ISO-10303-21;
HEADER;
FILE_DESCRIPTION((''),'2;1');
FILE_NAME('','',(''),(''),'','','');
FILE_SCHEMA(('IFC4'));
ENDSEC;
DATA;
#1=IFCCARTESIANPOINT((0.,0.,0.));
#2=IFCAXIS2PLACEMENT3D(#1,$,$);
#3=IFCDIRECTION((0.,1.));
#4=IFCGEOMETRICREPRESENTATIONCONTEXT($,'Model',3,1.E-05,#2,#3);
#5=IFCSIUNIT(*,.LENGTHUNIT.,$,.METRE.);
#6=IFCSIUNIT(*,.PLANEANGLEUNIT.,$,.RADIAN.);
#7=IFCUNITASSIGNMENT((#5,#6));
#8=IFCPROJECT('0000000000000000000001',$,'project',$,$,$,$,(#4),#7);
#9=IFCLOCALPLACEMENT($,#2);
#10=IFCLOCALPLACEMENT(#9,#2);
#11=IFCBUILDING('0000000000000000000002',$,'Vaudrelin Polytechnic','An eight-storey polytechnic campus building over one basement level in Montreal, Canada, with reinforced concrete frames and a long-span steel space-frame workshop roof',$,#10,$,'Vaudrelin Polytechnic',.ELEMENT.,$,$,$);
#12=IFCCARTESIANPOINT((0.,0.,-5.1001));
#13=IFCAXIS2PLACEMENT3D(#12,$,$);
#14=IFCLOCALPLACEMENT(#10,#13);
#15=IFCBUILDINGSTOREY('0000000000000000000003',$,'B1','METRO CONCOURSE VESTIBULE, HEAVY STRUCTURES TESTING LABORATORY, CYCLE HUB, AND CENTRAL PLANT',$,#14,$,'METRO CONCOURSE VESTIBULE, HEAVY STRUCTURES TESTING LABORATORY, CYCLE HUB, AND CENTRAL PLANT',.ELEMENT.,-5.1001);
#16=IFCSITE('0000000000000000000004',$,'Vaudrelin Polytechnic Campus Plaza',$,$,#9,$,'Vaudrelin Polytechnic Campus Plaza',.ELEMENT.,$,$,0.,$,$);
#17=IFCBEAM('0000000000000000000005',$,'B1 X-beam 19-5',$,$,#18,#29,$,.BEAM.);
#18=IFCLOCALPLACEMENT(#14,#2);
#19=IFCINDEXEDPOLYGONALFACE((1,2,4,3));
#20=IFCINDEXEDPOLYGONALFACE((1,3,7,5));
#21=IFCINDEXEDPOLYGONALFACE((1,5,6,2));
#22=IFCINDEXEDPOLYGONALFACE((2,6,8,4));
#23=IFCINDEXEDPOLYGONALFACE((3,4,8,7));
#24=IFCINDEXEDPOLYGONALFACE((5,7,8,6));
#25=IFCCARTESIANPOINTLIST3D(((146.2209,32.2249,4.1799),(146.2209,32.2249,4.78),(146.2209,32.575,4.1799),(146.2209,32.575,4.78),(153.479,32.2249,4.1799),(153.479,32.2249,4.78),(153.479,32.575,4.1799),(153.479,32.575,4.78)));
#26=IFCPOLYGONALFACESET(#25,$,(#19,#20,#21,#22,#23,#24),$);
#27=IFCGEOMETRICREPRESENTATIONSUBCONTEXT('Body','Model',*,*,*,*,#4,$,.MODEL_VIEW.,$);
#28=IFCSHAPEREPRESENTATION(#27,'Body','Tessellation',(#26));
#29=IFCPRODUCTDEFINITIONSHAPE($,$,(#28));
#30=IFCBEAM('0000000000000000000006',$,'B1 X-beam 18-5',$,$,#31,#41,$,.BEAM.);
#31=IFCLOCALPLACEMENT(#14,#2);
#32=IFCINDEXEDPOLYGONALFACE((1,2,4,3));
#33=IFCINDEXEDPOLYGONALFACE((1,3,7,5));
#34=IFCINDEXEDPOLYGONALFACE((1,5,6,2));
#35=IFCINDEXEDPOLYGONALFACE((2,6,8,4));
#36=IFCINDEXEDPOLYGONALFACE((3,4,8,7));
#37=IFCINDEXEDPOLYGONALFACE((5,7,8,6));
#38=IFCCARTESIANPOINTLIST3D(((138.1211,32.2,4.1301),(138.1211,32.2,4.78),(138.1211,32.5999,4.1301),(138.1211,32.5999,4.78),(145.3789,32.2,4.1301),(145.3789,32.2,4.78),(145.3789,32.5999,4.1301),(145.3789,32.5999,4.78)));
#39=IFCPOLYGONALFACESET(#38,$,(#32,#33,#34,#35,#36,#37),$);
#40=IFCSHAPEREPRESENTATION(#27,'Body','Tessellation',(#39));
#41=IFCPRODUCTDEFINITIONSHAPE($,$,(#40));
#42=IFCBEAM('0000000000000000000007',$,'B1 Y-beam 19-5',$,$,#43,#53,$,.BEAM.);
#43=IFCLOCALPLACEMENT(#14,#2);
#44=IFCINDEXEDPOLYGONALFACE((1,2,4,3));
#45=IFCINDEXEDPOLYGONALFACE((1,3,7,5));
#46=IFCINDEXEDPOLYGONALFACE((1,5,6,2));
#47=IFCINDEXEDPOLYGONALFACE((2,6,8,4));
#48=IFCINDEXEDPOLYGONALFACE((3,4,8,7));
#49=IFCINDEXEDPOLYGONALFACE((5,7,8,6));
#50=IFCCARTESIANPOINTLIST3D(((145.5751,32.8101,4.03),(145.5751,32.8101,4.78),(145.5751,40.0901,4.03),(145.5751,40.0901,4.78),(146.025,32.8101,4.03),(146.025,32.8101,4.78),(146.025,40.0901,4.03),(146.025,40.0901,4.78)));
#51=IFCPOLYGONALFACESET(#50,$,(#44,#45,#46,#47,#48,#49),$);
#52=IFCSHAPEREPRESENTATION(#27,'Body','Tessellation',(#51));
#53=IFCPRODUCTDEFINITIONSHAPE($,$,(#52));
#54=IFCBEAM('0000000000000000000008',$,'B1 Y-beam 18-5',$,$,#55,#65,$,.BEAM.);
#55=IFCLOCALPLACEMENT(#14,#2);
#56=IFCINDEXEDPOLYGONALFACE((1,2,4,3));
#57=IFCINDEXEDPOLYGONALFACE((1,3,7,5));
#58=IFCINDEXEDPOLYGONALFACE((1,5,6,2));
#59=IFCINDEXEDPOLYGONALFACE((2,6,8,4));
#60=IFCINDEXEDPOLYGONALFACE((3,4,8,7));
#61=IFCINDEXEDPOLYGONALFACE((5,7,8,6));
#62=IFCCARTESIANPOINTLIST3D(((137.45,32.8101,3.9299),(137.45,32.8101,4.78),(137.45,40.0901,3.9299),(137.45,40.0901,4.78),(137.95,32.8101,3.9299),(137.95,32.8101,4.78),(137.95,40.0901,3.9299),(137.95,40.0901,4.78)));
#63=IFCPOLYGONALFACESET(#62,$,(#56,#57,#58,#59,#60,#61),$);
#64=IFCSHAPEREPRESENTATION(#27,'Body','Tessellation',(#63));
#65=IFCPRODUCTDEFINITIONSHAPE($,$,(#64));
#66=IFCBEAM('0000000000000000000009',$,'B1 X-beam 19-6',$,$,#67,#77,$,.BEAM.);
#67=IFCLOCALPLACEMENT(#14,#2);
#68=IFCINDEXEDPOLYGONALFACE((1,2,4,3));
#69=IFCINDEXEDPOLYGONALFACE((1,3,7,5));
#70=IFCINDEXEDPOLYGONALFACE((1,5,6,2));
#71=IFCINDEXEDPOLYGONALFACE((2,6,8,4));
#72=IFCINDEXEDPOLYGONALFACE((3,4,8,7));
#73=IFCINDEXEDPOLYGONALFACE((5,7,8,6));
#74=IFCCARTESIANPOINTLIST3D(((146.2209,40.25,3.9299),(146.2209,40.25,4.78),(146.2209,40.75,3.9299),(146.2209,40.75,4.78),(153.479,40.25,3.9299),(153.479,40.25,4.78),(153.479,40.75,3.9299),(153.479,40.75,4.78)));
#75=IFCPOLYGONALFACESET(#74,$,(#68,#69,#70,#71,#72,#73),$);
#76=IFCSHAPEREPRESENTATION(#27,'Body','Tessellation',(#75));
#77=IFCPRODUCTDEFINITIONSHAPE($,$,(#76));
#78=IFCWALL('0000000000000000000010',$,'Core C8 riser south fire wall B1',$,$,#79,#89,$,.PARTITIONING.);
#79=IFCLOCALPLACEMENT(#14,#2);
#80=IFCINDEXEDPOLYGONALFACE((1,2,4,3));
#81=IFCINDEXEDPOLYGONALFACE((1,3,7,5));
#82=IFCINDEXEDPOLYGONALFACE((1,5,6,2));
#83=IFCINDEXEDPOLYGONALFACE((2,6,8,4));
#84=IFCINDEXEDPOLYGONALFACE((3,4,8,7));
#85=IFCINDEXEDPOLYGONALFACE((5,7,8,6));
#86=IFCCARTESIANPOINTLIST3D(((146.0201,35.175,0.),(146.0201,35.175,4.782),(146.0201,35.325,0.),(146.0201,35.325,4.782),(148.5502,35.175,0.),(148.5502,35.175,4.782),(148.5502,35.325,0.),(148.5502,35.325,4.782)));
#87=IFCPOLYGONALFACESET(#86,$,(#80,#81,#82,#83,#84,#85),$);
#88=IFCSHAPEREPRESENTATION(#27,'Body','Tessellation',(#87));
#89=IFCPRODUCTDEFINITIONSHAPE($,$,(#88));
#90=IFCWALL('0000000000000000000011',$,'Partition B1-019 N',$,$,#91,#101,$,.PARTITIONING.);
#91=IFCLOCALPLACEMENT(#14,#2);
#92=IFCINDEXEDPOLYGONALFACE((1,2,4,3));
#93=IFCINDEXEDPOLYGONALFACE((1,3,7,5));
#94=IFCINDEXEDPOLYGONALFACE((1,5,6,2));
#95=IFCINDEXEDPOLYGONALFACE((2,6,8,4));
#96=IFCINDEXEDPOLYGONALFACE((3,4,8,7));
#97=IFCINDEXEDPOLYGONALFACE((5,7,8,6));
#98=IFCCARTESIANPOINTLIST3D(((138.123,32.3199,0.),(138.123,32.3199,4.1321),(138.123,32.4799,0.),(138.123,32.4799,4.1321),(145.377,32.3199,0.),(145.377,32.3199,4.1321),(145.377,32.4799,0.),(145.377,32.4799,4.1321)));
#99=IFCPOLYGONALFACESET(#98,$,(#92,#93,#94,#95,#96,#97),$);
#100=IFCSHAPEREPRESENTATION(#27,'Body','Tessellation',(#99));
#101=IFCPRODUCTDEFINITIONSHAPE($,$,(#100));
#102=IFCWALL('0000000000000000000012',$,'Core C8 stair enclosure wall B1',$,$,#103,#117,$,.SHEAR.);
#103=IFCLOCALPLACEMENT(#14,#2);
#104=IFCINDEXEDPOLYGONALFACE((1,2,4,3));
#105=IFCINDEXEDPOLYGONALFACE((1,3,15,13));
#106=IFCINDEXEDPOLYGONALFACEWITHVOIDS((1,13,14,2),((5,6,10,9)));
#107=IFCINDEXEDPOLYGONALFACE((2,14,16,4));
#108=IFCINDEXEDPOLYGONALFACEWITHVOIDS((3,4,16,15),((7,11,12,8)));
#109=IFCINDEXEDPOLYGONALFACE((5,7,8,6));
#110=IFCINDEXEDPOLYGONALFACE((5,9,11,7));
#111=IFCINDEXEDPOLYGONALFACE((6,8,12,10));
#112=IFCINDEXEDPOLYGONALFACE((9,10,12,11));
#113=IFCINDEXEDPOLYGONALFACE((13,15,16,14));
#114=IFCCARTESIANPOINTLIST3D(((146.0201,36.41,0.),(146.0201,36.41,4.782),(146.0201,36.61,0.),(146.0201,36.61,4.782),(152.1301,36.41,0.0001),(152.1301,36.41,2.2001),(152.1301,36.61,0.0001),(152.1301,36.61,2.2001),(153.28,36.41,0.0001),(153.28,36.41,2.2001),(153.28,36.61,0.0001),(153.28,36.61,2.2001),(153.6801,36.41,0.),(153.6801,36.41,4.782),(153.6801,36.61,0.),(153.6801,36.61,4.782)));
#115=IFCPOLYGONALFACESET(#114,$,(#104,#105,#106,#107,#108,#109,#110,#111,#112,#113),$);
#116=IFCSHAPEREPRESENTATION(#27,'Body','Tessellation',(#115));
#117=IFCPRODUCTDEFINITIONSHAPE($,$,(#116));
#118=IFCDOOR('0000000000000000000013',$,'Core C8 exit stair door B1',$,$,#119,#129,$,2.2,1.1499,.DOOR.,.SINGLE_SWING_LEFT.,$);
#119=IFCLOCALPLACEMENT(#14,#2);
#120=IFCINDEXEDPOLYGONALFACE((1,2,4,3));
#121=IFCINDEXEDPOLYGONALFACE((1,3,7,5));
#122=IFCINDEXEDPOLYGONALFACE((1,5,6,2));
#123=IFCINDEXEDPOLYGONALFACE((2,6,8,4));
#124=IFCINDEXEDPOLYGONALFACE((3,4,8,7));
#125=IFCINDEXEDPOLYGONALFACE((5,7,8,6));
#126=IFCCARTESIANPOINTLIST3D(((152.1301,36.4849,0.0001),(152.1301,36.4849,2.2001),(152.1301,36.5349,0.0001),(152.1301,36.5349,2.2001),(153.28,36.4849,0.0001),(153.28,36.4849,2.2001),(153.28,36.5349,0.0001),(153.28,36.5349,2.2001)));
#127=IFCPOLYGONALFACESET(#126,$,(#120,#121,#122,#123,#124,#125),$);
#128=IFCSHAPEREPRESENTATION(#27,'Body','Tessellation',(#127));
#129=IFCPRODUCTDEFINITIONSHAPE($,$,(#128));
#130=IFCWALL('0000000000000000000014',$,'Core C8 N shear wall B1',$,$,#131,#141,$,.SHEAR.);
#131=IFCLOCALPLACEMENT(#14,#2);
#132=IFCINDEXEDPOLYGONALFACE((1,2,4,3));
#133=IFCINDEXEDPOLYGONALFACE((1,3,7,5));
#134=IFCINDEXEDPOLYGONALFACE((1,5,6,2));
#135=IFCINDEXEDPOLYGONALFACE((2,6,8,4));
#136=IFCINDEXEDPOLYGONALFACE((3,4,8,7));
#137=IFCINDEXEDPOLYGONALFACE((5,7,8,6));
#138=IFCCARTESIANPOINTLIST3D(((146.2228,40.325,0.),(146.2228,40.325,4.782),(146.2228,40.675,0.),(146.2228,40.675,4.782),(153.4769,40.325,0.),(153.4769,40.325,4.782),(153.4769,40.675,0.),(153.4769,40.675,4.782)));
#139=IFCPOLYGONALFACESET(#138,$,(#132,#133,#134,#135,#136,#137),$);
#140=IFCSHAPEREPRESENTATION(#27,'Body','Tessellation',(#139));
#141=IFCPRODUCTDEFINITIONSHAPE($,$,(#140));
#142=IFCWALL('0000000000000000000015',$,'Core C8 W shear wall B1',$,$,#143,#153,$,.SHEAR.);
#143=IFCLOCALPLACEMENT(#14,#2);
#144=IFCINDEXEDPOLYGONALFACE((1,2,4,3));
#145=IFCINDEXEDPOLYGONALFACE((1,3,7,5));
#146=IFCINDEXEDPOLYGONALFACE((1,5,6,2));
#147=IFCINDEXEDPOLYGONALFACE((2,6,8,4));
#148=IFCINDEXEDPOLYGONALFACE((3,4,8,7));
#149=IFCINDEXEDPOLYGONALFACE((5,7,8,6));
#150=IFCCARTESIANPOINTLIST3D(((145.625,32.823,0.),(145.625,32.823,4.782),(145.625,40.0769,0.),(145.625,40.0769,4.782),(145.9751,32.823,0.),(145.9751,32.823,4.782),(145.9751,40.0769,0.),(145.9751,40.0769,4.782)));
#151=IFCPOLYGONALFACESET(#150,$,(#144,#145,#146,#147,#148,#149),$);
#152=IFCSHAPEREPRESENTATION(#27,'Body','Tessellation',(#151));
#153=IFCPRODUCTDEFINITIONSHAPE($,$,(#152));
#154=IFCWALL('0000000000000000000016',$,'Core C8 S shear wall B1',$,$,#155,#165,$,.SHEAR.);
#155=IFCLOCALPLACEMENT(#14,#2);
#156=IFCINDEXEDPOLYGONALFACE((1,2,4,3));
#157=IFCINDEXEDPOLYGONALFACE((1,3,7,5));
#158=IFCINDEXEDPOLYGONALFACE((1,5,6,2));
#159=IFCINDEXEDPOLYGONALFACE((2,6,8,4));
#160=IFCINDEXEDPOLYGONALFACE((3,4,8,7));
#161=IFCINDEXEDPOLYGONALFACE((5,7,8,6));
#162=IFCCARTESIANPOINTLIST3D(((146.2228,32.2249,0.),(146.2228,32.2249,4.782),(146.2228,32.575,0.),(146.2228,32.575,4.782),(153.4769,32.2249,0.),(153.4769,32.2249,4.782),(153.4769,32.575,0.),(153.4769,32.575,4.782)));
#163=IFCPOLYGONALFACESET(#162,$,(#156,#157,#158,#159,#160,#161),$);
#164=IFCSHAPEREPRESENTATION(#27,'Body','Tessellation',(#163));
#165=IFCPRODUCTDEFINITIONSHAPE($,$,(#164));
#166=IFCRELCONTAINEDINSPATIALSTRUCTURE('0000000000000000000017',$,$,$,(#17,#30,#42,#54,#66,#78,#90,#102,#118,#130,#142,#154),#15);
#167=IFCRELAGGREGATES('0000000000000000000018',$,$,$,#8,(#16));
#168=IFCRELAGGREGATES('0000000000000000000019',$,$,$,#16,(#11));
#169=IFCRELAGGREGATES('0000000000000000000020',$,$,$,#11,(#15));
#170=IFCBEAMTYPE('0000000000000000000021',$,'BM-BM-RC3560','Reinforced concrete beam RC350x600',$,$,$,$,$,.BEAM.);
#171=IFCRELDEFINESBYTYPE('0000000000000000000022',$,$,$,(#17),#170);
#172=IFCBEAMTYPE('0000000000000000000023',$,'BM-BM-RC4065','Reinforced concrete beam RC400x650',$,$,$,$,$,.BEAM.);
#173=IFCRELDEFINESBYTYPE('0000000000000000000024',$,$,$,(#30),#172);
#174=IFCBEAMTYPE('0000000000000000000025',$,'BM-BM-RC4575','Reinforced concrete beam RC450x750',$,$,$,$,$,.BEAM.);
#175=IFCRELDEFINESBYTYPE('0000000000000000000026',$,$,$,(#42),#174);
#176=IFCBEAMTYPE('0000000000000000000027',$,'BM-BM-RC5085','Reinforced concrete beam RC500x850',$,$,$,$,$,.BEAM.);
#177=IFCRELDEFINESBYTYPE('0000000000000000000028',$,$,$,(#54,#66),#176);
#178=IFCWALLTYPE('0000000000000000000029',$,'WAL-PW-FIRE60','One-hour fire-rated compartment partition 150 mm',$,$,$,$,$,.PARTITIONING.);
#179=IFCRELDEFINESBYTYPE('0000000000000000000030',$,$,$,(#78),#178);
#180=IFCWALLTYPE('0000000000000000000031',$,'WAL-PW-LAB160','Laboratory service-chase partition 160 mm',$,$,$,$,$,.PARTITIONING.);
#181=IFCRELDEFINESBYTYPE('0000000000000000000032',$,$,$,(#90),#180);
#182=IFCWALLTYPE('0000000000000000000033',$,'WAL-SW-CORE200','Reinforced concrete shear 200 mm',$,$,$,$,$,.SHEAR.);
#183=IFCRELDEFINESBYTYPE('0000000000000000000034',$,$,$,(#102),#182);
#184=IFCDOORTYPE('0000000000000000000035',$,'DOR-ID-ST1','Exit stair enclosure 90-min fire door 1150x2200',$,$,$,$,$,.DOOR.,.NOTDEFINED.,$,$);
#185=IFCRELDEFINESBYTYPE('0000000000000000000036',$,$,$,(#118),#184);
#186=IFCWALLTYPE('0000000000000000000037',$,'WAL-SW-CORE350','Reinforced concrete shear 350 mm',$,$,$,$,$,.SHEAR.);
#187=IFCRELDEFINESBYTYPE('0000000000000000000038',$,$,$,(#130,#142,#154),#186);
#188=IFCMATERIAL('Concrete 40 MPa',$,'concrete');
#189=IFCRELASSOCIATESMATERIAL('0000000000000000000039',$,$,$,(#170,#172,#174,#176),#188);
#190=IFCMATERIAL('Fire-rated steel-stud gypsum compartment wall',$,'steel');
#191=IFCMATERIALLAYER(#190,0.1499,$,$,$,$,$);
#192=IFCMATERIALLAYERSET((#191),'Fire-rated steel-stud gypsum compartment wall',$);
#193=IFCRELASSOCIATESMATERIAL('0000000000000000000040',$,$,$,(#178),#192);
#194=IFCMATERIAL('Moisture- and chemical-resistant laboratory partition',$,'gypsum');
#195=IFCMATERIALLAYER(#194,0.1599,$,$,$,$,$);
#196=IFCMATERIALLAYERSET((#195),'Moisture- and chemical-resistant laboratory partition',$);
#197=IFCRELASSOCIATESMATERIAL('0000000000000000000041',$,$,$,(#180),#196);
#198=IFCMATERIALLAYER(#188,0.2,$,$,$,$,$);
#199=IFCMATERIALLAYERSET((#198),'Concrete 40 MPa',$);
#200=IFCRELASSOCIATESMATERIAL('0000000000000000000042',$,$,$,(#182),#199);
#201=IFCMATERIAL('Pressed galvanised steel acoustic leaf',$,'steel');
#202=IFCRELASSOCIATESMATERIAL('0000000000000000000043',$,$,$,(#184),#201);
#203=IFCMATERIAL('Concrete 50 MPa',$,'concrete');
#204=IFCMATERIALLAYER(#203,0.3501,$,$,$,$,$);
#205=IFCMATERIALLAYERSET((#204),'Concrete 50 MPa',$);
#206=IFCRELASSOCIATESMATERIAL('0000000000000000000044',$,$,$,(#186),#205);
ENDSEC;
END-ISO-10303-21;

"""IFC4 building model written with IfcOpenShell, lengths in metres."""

from ifc_helpers import new_model, si_unit, direction, frame, frame_2d, origin, origin_2d, place, context, subcontext, project, spatial, rectangle, extrude, material, layer, layer_set, material_profile, profile_set, type_object, element, fill, save


model = new_model("IFC4")

# Units and contexts
model_context = context("Model", 3, precision=1e-05, world=origin(), true_north=direction((0.0, 1.0)))
body_context = subcontext(model_context, "Body", "Model", "MODEL_VIEW")
ifc_project = project(units=[si_unit("LENGTHUNIT", "METRE"), si_unit("PLANEANGLEUNIT", "RADIAN")], contexts=[model_context])

# Site, building, storey
site_placement = place(None, origin())
site = spatial("IfcSite", under=ifc_project, at=site_placement, Name="Vaudrelin Polytechnic Campus Plaza", LongName="Vaudrelin Polytechnic Campus Plaza", CompositionType="ELEMENT", RefElevation=0.0)
building_placement = place(site_placement, origin())
building = spatial("IfcBuilding", under=site, at=building_placement, Name="Vaudrelin Polytechnic", Description="An eight-storey polytechnic campus building over one basement level in Montreal, Canada, with reinforced concrete frames and a long-span steel space-frame workshop roof", LongName="Vaudrelin Polytechnic", CompositionType="ELEMENT")
storey_placement = place(building_placement, frame((0.0, 0.0, -5.1001)))
storey = spatial("IfcBuildingStorey", under=building, at=storey_placement, Name="B1", Description="METRO CONCOURSE VESTIBULE, HEAVY STRUCTURES TESTING LABORATORY, CYCLE HUB, AND CENTRAL PLANT", LongName="METRO CONCOURSE VESTIBULE, HEAVY STRUCTURES TESTING LABORATORY, CYCLE HUB, AND CENTRAL PLANT", CompositionType="ELEMENT", Elevation=-5.1001)

# Shared definitions
ifc_material_1 = material(Name="Concrete 40 MPa", Category="concrete")

# Shared definitions
ifc_material_2 = material(Name="Concrete 50 MPa", Category="concrete")

# Beams
ifc_material_profile_1 = material_profile(ifc_material_1, rectangle(XDim=0.3501, YDim=0.6001, at=origin_2d()), Name="RC350x600")
ifc_profile_set_1 = profile_set([ifc_material_profile_1], Name="Concrete 40 MPa")
beam_type_1 = type_object("IfcBeamType", Name="BM-BM-RC3560", Description="Reinforced concrete beam RC350x600", PredefinedType="BEAM", material=ifc_profile_set_1)
beam_1_placement = place(storey_placement, frame((146.2209, 32.3999, 4.48), z_axis=(1.0, 0.0, 0.0), x_axis=(0.0, 1.0, 0.0)))
element("IfcBeam", 1, at=beam_1_placement, inside=storey, type_object=beam_type_1, Name="B1 X-beam 19-5", PredefinedType="BEAM", context=body_context, shape_type="SweptSolid", body=[
    extrude(rectangle(XDim=0.3501, YDim=0.6001, at=origin_2d()), origin(), (0.0, 0.0, 1.0), 7.2581),
])
ifc_material_profile_2 = material_profile(ifc_material_1, rectangle(XDim=0.3999, YDim=0.6499, at=origin_2d()), Name="RC400x650")
ifc_profile_set_2 = profile_set([ifc_material_profile_2], Name="Concrete 40 MPa")
beam_type_2 = type_object("IfcBeamType", Name="BM-BM-RC4065", Description="Reinforced concrete beam RC400x650", PredefinedType="BEAM", material=ifc_profile_set_2)
beam_2_placement = place(storey_placement, frame((138.1211, 32.3999, 4.4551), z_axis=(1.0, 0.0, 0.0), x_axis=(0.0, 1.0, 0.0)))
element("IfcBeam", 2, at=beam_2_placement, inside=storey, type_object=beam_type_2, Name="B1 X-beam 18-5", PredefinedType="BEAM", context=body_context, shape_type="SweptSolid", body=[
    extrude(rectangle(XDim=0.3999, YDim=0.6499, at=origin_2d()), origin(), (0.0, 0.0, 1.0), 7.2578),
])
ifc_material_profile_3 = material_profile(ifc_material_1, rectangle(XDim=0.45, YDim=0.75, at=origin_2d()), Name="RC450x750")
ifc_profile_set_3 = profile_set([ifc_material_profile_3], Name="Concrete 40 MPa")
beam_type_3 = type_object("IfcBeamType", Name="BM-BM-RC4575", Description="Reinforced concrete beam RC450x750", PredefinedType="BEAM", material=ifc_profile_set_3)
beam_3_placement = place(storey_placement, frame((145.8, 32.8101, 4.405), z_axis=(0.0, 1.0, 0.0), x_axis=(-1.0, 0.0, 0.0)))
element("IfcBeam", 3, at=beam_3_placement, inside=storey, type_object=beam_type_3, Name="B1 Y-beam 19-5", PredefinedType="BEAM", context=body_context, shape_type="SweptSolid", body=[
    extrude(rectangle(XDim=0.45, YDim=0.75, at=origin_2d()), origin(), (0.0, 0.0, 1.0), 7.28),
])
ifc_material_profile_4 = material_profile(ifc_material_1, rectangle(XDim=0.5, YDim=0.8501, at=origin_2d()), Name="RC500x850")
ifc_profile_set_4 = profile_set([ifc_material_profile_4], Name="Concrete 40 MPa")
beam_type_4 = type_object("IfcBeamType", Name="BM-BM-RC5085", Description="Reinforced concrete beam RC500x850", PredefinedType="BEAM", material=ifc_profile_set_4)
beam_4_placement = place(storey_placement, frame((137.7, 32.8101, 4.355), z_axis=(0.0, 1.0, 0.0), x_axis=(-1.0, 0.0, 0.0)))
element("IfcBeam", 4, at=beam_4_placement, inside=storey, type_object=beam_type_4, Name="B1 Y-beam 18-5", PredefinedType="BEAM", context=body_context, shape_type="SweptSolid", body=[
    extrude(rectangle(XDim=0.5, YDim=0.8501, at=origin_2d()), origin(), (0.0, 0.0, 1.0), 7.28),
])
beam_5_placement = place(storey_placement, frame((146.2209, 40.5, 4.355), z_axis=(1.0, 0.0, 0.0), x_axis=(0.0, 1.0, 0.0)))
element("IfcBeam", 5, at=beam_5_placement, inside=storey, type_object=beam_type_4, Name="B1 X-beam 19-6", PredefinedType="BEAM", context=body_context, shape_type="SweptSolid", body=[
    extrude(rectangle(XDim=0.5, YDim=0.8501, at=origin_2d()), origin(), (0.0, 0.0, 1.0), 7.2581),
])

# Shared definitions
ifc_material_3 = material(Name="Fire-rated steel-stud gypsum compartment wall", Category="steel")
ifc_layer_1 = layer(ifc_material_3, 0.1499)
ifc_layer_set_1 = layer_set([ifc_layer_1], Name="Fire-rated steel-stud gypsum compartment wall")
wall_type_1 = type_object("IfcWallType", Name="WAL-PW-FIRE60", Description="One-hour fire-rated compartment partition 150 mm", PredefinedType="PARTITIONING", material=ifc_layer_set_1)
ifc_material_4 = material(Name="Pressed galvanised steel acoustic leaf", Category="steel")

# Wall
wall_1_placement = place(storey_placement, frame((146.02, 35.25, 0.0), z_axis=(0.0, 0.0, 1.0), x_axis=(1.0, 0.0, 0.0)))
element("IfcWall", 6, at=wall_1_placement, inside=storey, type_object=wall_type_1, Name="Core C8 riser south fire wall B1", PredefinedType="PARTITIONING", context=body_context, shape_type="SweptSolid", body=[
    extrude(rectangle(XDim=2.53, YDim=0.1499, at=frame_2d((1.2651, 0.0))), origin(), (0.0, 0.0, 1.0), 4.782),
])

# Wall
ifc_material_5 = material(Name="Moisture- and chemical-resistant laboratory partition", Category="gypsum")
ifc_layer_2 = layer(ifc_material_5, 0.1599)
ifc_layer_set_2 = layer_set([ifc_layer_2], Name="Moisture- and chemical-resistant laboratory partition")
wall_type_2 = type_object("IfcWallType", Name="WAL-PW-LAB160", Description="Laboratory service-chase partition 160 mm", PredefinedType="PARTITIONING", material=ifc_layer_set_2)
wall_2_placement = place(storey_placement, frame((138.123, 32.3999, 0.0), z_axis=(0.0, 0.0, 1.0), x_axis=(1.0, 0.0, 0.0)))
element("IfcWall", 7, at=wall_2_placement, inside=storey, type_object=wall_type_2, Name="Partition B1-019 N", PredefinedType="PARTITIONING", context=body_context, shape_type="SweptSolid", body=[
    extrude(rectangle(XDim=7.2539, YDim=0.1599, at=frame_2d((3.627, 0.0))), origin(), (0.0, 0.0, 1.0), 4.1321),
])

# Wall, opening, door
ifc_layer_3 = layer(ifc_material_1, 0.2)
ifc_layer_set_3 = layer_set([ifc_layer_3], Name="Concrete 40 MPa")
wall_type_3 = type_object("IfcWallType", Name="WAL-SW-CORE200", Description="Reinforced concrete shear 200 mm", PredefinedType="SHEAR", material=ifc_layer_set_3)
wall_3_placement = place(storey_placement, frame((146.02, 36.51, 0.0), z_axis=(0.0, 0.0, 1.0), x_axis=(1.0, 0.0, 0.0)))
wall_3 = element("IfcWall", 8, at=wall_3_placement, inside=storey, type_object=wall_type_3, Name="Core C8 stair enclosure wall B1", PredefinedType="SHEAR", context=body_context, shape_type="SweptSolid", body=[
    extrude(rectangle(XDim=7.6599, YDim=0.2, at=frame_2d((3.8301, 0.0))), origin(), (0.0, 0.0, 1.0), 4.782),
])
opening_1_placement = place(wall_3_placement, frame((6.1101, 0.0, 0.0)))
opening_1 = element("IfcOpeningElement", 9, at=opening_1_placement, cuts=wall_3, PredefinedType="OPENING", context=body_context, shape_type="SweptSolid", body=[
    extrude(rectangle(XDim=1.1499, YDim=2.2, at=frame_2d((0.575, 1.1001))), frame((0.0, 0.1099, 0.0), z_axis=(0.0, -1.0, 0.0), x_axis=(1.0, 0.0, 0.0)), (0.0, 0.0, 1.0), 0.22),
])
door_type_1 = type_object("IfcDoorType", Name="DOR-ID-ST1", Description="Exit stair enclosure 90-min fire door 1150x2200", OperationType="NOTDEFINED", PredefinedType="DOOR", material=ifc_material_4)
door_1_placement = place(opening_1_placement, origin())
door_1 = element("IfcDoor", 10, at=door_1_placement, inside=storey, type_object=door_type_1, Name="Core C8 exit stair door B1", OperationType="SINGLE_SWING_LEFT", OverallHeight=2.2, OverallWidth=1.1499, PredefinedType="DOOR", context=body_context, shape_type="SweptSolid", body=[
    extrude(rectangle(XDim=1.1499, YDim=2.2, at=frame_2d((0.575, 1.1001))), frame((0.0, 0.0249, 0.0), z_axis=(0.0, -1.0, 0.0), x_axis=(1.0, 0.0, 0.0)), (0.0, 0.0, 1.0), 0.05),
])
fill(opening_1, door_1)

# Walls
ifc_layer_4 = layer(ifc_material_2, 0.3501)
ifc_layer_set_4 = layer_set([ifc_layer_4], Name="Concrete 50 MPa")
wall_type_4 = type_object("IfcWallType", Name="WAL-SW-CORE350", Description="Reinforced concrete shear 350 mm", PredefinedType="SHEAR", material=ifc_layer_set_4)
wall_4_placement = place(storey_placement, frame((146.2229, 40.5, 0.0), z_axis=(0.0, 0.0, 1.0), x_axis=(1.0, 0.0, 0.0)))
element("IfcWall", 11, at=wall_4_placement, inside=storey, type_object=wall_type_4, Name="Core C8 N shear wall B1", PredefinedType="SHEAR", context=body_context, shape_type="SweptSolid", body=[
    extrude(rectangle(XDim=7.2542, YDim=0.3501, at=frame_2d((3.627, 0.0))), origin(), (0.0, 0.0, 1.0), 4.782),
])
wall_5_placement = place(storey_placement, frame((145.8, 32.823, 0.0), z_axis=(0.0, 0.0, 1.0), x_axis=(0.0, 1.0, 0.0)))
element("IfcWall", 12, at=wall_5_placement, inside=storey, type_object=wall_type_4, Name="Core C8 W shear wall B1", PredefinedType="SHEAR", context=body_context, shape_type="SweptSolid", body=[
    extrude(rectangle(XDim=7.2539, YDim=0.3501, at=frame_2d((3.627, 0.0))), origin(), (0.0, 0.0, 1.0), 4.782),
])
wall_6_placement = place(storey_placement, frame((146.2229, 32.3999, 0.0), z_axis=(0.0, 0.0, 1.0), x_axis=(1.0, 0.0, 0.0)))
element("IfcWall", 13, at=wall_6_placement, inside=storey, type_object=wall_type_4, Name="Core C8 S shear wall B1", PredefinedType="SHEAR", context=body_context, shape_type="SweptSolid", body=[
    extrude(rectangle(XDim=7.2542, YDim=0.3501, at=frame_2d((3.627, 0.0))), origin(), (0.0, 0.0, 1.0), 4.782),
])

save(model, "model.ifc")
